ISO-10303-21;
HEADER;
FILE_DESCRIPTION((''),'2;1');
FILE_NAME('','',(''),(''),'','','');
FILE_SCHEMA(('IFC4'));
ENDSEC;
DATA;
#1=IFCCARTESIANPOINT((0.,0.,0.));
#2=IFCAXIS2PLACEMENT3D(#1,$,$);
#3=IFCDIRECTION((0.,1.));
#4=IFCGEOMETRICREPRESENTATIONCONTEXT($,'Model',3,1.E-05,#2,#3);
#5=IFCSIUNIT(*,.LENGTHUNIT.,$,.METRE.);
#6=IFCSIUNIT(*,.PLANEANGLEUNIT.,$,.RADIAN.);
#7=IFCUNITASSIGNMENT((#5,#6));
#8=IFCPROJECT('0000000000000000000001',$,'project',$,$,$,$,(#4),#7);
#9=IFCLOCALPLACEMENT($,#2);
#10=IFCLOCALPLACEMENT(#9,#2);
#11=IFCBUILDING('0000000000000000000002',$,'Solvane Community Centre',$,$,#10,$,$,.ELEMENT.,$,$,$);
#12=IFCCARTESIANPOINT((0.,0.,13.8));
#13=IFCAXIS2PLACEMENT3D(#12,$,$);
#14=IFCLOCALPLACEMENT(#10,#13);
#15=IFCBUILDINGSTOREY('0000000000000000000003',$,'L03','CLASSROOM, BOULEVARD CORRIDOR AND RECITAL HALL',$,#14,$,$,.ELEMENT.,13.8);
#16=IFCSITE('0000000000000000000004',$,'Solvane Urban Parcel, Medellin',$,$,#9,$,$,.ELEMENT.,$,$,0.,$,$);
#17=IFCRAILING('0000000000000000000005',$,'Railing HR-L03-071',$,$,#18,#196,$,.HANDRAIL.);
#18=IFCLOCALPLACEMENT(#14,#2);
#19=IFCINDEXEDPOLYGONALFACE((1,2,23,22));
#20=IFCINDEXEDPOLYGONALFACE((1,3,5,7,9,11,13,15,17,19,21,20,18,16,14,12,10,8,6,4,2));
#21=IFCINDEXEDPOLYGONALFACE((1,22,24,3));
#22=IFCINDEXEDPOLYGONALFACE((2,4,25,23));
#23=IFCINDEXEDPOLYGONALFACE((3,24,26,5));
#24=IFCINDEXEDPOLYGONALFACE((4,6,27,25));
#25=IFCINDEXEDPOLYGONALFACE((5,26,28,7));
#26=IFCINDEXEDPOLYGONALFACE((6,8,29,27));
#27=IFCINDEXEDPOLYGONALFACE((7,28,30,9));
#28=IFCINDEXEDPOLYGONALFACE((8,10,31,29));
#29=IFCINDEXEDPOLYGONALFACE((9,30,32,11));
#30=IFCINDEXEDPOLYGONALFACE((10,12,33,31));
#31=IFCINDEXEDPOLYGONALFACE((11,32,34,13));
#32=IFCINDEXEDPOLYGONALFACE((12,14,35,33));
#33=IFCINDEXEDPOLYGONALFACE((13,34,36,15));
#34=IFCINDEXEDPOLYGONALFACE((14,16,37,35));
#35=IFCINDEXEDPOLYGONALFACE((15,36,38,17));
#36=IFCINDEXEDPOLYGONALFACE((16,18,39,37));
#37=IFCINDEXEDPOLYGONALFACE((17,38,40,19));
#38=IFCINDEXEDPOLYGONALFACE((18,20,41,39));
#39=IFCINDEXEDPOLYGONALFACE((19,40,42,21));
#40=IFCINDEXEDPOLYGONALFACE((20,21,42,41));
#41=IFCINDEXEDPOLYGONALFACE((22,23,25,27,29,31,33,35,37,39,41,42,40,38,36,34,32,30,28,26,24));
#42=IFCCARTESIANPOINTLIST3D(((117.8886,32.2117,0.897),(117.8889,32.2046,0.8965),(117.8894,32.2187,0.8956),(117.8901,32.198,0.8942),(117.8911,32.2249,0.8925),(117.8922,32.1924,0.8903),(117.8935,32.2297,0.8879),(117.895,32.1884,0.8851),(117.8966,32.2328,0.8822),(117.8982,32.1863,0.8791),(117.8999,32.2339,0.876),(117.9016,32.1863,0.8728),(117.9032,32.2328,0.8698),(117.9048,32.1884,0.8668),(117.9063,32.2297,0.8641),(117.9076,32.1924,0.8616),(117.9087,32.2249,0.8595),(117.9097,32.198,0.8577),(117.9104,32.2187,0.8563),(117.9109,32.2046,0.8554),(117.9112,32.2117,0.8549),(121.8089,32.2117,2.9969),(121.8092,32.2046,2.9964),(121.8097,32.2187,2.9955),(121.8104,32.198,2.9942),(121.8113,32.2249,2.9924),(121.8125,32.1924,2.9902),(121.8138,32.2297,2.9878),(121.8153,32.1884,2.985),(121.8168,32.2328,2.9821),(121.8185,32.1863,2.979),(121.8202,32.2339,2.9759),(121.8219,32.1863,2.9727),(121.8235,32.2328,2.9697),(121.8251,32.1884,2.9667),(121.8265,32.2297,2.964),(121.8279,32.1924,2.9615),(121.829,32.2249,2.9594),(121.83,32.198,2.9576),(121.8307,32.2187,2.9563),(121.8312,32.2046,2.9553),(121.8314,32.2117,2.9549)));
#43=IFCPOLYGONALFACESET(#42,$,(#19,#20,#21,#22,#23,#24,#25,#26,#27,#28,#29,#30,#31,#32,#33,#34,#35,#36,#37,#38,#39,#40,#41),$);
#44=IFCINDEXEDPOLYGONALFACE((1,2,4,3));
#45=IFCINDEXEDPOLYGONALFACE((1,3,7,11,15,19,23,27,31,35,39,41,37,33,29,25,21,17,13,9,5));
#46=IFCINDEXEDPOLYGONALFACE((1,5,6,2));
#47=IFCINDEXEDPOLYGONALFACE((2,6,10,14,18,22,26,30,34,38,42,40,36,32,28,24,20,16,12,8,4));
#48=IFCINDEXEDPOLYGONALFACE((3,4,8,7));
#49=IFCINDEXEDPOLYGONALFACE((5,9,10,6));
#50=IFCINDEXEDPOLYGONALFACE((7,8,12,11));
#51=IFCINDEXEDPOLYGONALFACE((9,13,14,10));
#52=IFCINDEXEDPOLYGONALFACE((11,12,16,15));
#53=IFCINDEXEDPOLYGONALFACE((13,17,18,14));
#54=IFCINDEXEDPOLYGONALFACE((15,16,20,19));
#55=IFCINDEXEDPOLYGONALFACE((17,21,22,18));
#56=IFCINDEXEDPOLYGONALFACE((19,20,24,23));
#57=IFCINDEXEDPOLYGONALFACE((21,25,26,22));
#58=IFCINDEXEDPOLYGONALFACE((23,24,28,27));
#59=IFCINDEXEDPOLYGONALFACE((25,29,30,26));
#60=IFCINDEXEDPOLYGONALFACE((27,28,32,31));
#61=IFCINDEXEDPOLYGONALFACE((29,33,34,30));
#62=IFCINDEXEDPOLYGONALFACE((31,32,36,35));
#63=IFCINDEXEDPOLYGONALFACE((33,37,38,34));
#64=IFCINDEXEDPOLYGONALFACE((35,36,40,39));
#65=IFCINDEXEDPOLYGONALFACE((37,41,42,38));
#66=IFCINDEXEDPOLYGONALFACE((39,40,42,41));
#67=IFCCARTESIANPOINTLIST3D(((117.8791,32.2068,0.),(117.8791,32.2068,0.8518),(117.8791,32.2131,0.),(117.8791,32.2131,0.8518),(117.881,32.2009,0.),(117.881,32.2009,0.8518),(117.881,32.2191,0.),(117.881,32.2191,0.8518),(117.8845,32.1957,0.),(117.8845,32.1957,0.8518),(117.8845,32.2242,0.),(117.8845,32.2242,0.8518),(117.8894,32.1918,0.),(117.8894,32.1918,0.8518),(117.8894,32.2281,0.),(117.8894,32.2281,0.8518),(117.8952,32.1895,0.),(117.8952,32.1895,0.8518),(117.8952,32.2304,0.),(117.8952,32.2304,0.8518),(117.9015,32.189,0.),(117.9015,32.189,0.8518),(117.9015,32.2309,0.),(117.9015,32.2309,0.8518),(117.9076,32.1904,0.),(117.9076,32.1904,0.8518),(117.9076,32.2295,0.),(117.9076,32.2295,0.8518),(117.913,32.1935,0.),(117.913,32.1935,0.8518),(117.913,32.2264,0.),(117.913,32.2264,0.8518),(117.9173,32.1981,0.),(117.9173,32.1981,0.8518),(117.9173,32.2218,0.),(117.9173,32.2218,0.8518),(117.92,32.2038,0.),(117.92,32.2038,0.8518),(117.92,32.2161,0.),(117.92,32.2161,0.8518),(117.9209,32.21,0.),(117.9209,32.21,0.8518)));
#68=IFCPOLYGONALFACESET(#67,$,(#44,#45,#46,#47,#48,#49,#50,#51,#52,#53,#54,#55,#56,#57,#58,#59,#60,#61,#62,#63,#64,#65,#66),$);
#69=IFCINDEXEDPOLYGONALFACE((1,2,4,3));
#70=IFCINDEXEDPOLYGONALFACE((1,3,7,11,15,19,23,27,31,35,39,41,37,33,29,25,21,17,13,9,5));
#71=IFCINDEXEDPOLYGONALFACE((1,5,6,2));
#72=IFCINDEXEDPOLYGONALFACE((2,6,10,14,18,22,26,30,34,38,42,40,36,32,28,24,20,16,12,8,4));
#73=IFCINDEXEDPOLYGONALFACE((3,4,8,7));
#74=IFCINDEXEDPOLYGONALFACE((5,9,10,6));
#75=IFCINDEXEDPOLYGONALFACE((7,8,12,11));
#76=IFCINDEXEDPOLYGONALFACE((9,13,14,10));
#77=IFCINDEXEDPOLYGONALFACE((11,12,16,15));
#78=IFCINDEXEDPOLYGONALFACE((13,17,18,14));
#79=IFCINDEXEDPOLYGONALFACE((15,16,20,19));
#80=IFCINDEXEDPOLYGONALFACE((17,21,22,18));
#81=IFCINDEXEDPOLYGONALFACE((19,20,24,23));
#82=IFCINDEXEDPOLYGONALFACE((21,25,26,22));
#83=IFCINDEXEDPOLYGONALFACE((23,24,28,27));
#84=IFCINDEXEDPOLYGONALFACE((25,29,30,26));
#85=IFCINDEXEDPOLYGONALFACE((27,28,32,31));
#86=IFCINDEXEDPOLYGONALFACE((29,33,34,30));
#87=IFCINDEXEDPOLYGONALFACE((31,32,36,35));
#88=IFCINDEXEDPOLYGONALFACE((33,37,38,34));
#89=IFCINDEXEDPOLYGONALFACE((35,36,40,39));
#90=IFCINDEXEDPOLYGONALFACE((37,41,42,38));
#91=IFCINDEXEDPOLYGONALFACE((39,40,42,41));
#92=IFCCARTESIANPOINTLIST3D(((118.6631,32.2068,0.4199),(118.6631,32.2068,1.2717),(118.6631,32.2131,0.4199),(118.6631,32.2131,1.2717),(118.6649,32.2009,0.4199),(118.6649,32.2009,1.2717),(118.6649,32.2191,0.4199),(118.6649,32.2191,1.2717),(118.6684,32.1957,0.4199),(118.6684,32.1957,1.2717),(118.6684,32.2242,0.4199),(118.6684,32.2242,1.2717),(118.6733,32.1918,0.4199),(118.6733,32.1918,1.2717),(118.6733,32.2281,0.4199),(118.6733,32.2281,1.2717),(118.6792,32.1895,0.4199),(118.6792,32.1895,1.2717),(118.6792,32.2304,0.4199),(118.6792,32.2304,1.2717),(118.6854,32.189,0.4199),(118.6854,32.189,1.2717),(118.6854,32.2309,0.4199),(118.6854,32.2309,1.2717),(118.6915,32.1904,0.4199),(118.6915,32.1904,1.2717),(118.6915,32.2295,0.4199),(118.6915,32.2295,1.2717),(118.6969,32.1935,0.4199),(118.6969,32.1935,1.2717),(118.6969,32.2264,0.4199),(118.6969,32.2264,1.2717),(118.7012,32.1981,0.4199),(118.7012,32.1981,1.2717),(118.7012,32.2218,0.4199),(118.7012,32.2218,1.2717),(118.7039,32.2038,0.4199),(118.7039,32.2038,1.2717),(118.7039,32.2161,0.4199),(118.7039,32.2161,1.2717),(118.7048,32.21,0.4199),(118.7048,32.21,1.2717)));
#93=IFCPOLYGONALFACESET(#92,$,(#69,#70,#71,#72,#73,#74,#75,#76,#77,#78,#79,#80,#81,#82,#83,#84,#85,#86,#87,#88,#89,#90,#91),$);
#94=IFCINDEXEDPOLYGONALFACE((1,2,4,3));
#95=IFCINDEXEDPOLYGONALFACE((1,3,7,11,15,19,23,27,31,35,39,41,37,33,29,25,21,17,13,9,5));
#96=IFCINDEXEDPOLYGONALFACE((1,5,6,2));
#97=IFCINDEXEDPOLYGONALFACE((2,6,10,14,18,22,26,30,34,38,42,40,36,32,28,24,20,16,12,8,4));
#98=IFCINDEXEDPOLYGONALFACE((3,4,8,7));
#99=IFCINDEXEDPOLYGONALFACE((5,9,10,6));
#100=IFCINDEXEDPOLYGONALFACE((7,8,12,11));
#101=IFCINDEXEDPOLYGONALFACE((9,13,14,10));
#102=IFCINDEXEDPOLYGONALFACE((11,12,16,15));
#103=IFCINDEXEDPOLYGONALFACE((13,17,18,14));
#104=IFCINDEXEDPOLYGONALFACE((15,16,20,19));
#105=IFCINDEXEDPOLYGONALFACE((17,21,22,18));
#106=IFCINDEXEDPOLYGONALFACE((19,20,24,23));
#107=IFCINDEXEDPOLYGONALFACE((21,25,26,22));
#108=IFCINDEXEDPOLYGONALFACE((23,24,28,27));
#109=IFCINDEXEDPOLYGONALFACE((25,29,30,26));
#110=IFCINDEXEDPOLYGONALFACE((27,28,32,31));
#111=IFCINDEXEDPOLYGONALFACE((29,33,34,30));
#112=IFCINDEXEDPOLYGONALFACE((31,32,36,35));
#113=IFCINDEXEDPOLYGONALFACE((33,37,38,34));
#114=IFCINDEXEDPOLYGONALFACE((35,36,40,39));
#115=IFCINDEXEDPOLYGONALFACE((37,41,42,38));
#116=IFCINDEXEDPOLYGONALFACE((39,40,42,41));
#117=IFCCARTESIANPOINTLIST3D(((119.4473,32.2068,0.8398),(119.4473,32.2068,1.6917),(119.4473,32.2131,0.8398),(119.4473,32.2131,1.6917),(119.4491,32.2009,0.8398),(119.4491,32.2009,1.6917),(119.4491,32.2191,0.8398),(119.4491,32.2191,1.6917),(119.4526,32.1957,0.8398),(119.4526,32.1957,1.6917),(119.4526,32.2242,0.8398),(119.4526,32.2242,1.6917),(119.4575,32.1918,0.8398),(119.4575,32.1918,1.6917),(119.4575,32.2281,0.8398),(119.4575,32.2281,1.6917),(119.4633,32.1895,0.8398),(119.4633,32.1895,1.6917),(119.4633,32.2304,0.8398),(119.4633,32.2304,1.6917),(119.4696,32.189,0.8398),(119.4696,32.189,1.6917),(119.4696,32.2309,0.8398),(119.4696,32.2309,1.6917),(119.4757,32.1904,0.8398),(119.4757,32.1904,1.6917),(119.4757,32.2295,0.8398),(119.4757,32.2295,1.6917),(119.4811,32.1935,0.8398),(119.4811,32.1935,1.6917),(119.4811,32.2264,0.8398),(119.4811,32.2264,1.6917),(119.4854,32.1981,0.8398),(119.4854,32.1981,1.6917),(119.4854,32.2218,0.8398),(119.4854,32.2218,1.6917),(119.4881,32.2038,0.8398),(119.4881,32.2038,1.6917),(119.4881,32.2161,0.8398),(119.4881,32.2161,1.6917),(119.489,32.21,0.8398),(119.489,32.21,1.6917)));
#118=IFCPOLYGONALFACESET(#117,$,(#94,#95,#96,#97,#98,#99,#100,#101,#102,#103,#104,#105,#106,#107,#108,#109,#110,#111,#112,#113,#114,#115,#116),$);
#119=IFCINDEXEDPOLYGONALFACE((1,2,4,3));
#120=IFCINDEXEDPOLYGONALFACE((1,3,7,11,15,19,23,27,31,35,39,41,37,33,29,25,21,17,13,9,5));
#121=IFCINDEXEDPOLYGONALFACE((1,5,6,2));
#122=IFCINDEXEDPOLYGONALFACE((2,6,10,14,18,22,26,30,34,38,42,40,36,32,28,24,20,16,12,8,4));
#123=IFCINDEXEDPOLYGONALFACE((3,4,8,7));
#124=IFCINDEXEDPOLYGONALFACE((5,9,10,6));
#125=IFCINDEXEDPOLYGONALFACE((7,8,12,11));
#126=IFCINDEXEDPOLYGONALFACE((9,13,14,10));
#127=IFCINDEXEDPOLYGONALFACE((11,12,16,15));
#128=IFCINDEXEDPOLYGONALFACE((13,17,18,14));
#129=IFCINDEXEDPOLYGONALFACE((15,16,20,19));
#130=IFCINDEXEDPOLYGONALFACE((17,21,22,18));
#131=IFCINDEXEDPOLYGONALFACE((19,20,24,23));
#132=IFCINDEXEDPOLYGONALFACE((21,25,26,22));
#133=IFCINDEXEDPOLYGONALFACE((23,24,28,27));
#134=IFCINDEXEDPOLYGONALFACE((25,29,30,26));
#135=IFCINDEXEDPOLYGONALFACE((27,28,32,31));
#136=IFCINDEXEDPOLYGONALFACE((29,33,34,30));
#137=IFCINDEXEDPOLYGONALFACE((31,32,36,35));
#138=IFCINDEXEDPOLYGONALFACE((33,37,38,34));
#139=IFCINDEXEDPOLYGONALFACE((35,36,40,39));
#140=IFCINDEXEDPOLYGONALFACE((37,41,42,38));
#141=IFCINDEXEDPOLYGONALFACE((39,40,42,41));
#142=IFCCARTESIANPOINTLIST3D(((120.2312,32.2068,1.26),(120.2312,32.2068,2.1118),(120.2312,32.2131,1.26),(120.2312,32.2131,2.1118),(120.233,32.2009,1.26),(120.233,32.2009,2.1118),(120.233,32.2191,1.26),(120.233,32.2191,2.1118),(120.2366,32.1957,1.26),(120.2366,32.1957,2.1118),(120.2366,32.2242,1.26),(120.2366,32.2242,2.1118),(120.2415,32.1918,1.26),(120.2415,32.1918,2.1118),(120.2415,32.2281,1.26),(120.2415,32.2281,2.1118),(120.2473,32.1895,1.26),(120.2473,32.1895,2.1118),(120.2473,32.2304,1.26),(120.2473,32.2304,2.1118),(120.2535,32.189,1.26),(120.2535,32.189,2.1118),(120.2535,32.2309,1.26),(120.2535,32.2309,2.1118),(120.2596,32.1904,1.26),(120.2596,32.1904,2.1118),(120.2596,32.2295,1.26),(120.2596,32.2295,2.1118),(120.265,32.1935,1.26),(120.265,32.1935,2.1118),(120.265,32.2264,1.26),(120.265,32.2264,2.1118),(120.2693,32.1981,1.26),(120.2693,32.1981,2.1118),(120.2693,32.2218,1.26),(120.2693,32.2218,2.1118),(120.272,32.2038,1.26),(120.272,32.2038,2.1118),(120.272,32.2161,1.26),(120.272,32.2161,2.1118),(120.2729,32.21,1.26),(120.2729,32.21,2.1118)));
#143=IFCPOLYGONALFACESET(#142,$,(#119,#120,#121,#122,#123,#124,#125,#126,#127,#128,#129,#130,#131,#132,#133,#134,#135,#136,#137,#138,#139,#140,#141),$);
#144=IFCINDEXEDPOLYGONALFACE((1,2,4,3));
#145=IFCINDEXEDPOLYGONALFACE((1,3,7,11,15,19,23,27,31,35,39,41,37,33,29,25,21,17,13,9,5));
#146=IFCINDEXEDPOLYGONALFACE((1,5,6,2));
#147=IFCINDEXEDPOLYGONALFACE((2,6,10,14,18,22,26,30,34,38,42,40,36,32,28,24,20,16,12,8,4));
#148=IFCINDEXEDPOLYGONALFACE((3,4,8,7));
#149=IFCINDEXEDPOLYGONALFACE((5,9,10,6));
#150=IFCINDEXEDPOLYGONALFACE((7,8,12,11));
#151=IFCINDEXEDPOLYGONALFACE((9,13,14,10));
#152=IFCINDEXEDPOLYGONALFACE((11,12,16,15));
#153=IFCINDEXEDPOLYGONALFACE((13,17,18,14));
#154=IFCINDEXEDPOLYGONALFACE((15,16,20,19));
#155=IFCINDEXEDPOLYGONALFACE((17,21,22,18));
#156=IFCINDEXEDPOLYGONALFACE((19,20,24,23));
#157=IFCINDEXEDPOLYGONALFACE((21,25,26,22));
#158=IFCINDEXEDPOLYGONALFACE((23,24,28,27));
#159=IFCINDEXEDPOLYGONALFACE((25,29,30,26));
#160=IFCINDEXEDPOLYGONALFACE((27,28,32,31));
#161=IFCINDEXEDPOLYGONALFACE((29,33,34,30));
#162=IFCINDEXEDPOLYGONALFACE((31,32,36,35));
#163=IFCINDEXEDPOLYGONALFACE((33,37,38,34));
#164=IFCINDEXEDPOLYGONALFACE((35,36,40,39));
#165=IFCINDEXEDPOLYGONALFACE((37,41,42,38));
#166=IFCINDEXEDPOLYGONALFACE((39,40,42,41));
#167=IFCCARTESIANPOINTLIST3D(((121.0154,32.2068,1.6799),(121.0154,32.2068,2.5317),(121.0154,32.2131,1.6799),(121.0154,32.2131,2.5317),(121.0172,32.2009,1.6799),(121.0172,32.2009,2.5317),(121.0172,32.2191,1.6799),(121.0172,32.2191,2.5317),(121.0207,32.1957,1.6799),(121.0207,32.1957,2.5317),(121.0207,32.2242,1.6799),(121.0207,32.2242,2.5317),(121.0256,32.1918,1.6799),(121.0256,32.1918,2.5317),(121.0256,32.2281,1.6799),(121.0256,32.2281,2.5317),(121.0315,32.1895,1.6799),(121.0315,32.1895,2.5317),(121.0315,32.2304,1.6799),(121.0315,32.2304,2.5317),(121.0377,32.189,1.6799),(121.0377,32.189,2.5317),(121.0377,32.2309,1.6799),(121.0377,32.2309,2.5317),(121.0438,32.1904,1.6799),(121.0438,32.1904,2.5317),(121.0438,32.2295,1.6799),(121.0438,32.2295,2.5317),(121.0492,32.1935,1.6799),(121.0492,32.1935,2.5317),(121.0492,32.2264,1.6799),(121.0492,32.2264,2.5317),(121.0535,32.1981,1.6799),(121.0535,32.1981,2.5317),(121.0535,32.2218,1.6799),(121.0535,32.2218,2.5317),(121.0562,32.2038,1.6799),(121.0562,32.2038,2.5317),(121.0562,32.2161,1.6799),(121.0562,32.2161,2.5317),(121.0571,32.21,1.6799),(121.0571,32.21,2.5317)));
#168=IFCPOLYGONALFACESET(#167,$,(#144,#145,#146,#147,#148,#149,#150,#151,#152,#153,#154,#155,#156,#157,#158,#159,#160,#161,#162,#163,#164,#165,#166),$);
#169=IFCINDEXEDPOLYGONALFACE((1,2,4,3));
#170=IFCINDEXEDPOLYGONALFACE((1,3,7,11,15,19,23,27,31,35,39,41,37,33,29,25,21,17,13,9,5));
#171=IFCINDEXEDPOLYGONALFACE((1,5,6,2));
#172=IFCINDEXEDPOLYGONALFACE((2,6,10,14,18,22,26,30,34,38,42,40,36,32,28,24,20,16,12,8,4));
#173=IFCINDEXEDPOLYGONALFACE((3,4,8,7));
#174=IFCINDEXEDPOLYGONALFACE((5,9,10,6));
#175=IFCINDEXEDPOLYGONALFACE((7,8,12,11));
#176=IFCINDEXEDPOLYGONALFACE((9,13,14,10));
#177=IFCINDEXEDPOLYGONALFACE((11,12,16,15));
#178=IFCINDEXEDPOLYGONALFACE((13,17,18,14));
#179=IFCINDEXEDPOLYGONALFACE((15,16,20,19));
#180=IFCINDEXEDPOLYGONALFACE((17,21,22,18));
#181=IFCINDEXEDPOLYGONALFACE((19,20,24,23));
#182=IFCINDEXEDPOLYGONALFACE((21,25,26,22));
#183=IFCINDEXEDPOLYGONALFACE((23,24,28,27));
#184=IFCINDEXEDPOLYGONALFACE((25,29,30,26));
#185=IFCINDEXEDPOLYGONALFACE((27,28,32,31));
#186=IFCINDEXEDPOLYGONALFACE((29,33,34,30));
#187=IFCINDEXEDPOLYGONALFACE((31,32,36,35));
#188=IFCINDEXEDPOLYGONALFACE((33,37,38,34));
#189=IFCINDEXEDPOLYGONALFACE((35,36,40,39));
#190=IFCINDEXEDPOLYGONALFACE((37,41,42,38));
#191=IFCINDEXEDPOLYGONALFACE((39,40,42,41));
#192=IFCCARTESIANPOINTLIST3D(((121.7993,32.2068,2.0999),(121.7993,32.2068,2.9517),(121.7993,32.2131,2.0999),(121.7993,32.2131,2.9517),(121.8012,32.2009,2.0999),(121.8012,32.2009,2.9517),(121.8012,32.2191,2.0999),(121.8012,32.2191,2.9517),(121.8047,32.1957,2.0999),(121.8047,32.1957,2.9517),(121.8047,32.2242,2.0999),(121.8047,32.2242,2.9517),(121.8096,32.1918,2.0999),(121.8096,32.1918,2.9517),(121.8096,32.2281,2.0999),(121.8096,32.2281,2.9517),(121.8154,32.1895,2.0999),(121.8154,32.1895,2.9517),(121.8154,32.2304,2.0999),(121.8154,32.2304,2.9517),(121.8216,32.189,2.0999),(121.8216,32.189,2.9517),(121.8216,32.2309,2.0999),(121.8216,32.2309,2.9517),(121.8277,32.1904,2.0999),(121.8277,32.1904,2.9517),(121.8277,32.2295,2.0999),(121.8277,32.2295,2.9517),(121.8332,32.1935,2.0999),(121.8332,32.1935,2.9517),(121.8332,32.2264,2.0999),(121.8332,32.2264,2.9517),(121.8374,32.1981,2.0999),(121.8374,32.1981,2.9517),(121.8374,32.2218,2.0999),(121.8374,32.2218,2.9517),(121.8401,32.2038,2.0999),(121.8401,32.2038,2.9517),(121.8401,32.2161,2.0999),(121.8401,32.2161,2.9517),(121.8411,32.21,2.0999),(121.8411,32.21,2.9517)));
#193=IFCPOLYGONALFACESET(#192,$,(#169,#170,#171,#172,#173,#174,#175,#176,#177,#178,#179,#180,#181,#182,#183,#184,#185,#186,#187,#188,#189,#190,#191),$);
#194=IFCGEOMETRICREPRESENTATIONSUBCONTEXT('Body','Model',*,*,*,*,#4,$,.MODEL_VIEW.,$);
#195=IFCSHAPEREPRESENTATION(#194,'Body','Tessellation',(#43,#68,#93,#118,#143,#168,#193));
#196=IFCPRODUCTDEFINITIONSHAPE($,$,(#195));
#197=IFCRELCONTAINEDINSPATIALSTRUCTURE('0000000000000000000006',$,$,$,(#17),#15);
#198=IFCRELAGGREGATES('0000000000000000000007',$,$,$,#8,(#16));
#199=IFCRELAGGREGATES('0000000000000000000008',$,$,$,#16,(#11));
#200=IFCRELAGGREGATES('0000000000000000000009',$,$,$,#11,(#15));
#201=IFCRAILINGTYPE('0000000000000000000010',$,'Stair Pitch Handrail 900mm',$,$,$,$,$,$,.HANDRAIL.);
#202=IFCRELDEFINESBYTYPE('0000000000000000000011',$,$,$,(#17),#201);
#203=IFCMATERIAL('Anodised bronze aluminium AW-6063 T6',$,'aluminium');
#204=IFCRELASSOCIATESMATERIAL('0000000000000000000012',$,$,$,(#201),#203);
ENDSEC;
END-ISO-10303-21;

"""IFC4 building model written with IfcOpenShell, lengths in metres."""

from ifc_helpers import new_model, si_unit, direction, frame, origin, origin_2d, place, context, subcontext, project, spatial, circle, extrude, material, type_object, element, save


model = new_model("IFC4")

# Units and contexts
model_context = context("Model", 3, precision=1e-05, world=origin(), true_north=direction((0.0, 1.0)))
body_context = subcontext(model_context, "Body", "Model", "MODEL_VIEW")
ifc_project = project(units=[si_unit("LENGTHUNIT", "METRE"), si_unit("PLANEANGLEUNIT", "RADIAN")], contexts=[model_context])

# Site, building, storey
site_placement = place(None, origin())
site = spatial("IfcSite", under=ifc_project, at=site_placement, Name="Solvane Urban Parcel, Medellin", CompositionType="ELEMENT", RefElevation=0.0)
building_placement = place(site_placement, origin())
building = spatial("IfcBuilding", under=site, at=building_placement, Name="Solvane Community Centre", CompositionType="ELEMENT")
storey_placement = place(building_placement, frame((0.0, 0.0, 13.8)))
storey = spatial("IfcBuildingStorey", under=building, at=storey_placement, Name="L03", Description="CLASSROOM, BOULEVARD CORRIDOR AND RECITAL HALL", CompositionType="ELEMENT", Elevation=13.8)

# Shared definitions
ifc_material_1 = material(Name="Anodised bronze aluminium AW-6063 T6", Category="aluminium")

# Railing
railing_type_1 = type_object("IfcRailingType", Name="Stair Pitch Handrail 900mm", PredefinedType="HANDRAIL", material=ifc_material_1)
railing_1_placement = place(storey_placement, frame((117.8999, 32.21, 0.0)))
element("IfcRailing", 1, at=railing_1_placement, inside=storey, type_object=railing_type_1, Name="Railing HR-L03-071", PredefinedType="HANDRAIL", context=body_context, shape_type="SweptSolid", body=[
    extrude(circle(Radius=0.0239, at=origin_2d()), frame((0.0, 0.0, 0.876), z_axis=(0.881502, 0.0, 0.47218), x_axis=(0.0, 1.0, 0.0)), (0.0, 0.0, 1.0), 4.4473),
    extrude(circle(Radius=0.021, at=origin_2d()), origin(), (0.0, 0.0, 1.0), 0.8518),
    extrude(circle(Radius=0.021, at=origin_2d()), frame((0.7839, 0.0, 0.4199)), (0.0, 0.0, 1.0), 0.8518),
    extrude(circle(Radius=0.021, at=origin_2d()), frame((1.5681, 0.0, 0.8398)), (0.0, 0.0, 1.0), 0.8518),
    extrude(circle(Radius=0.021, at=origin_2d()), frame((2.3521, 0.0, 1.26)), (0.0, 0.0, 1.0), 0.8518),
    extrude(circle(Radius=0.021, at=origin_2d()), frame((3.1362, 0.0, 1.6799)), (0.0, 0.0, 1.0), 0.8518),
    extrude(circle(Radius=0.021, at=origin_2d()), frame((3.9202, 0.0, 2.0999)), (0.0, 0.0, 1.0), 0.8518),
])

save(model, "model.ifc")
